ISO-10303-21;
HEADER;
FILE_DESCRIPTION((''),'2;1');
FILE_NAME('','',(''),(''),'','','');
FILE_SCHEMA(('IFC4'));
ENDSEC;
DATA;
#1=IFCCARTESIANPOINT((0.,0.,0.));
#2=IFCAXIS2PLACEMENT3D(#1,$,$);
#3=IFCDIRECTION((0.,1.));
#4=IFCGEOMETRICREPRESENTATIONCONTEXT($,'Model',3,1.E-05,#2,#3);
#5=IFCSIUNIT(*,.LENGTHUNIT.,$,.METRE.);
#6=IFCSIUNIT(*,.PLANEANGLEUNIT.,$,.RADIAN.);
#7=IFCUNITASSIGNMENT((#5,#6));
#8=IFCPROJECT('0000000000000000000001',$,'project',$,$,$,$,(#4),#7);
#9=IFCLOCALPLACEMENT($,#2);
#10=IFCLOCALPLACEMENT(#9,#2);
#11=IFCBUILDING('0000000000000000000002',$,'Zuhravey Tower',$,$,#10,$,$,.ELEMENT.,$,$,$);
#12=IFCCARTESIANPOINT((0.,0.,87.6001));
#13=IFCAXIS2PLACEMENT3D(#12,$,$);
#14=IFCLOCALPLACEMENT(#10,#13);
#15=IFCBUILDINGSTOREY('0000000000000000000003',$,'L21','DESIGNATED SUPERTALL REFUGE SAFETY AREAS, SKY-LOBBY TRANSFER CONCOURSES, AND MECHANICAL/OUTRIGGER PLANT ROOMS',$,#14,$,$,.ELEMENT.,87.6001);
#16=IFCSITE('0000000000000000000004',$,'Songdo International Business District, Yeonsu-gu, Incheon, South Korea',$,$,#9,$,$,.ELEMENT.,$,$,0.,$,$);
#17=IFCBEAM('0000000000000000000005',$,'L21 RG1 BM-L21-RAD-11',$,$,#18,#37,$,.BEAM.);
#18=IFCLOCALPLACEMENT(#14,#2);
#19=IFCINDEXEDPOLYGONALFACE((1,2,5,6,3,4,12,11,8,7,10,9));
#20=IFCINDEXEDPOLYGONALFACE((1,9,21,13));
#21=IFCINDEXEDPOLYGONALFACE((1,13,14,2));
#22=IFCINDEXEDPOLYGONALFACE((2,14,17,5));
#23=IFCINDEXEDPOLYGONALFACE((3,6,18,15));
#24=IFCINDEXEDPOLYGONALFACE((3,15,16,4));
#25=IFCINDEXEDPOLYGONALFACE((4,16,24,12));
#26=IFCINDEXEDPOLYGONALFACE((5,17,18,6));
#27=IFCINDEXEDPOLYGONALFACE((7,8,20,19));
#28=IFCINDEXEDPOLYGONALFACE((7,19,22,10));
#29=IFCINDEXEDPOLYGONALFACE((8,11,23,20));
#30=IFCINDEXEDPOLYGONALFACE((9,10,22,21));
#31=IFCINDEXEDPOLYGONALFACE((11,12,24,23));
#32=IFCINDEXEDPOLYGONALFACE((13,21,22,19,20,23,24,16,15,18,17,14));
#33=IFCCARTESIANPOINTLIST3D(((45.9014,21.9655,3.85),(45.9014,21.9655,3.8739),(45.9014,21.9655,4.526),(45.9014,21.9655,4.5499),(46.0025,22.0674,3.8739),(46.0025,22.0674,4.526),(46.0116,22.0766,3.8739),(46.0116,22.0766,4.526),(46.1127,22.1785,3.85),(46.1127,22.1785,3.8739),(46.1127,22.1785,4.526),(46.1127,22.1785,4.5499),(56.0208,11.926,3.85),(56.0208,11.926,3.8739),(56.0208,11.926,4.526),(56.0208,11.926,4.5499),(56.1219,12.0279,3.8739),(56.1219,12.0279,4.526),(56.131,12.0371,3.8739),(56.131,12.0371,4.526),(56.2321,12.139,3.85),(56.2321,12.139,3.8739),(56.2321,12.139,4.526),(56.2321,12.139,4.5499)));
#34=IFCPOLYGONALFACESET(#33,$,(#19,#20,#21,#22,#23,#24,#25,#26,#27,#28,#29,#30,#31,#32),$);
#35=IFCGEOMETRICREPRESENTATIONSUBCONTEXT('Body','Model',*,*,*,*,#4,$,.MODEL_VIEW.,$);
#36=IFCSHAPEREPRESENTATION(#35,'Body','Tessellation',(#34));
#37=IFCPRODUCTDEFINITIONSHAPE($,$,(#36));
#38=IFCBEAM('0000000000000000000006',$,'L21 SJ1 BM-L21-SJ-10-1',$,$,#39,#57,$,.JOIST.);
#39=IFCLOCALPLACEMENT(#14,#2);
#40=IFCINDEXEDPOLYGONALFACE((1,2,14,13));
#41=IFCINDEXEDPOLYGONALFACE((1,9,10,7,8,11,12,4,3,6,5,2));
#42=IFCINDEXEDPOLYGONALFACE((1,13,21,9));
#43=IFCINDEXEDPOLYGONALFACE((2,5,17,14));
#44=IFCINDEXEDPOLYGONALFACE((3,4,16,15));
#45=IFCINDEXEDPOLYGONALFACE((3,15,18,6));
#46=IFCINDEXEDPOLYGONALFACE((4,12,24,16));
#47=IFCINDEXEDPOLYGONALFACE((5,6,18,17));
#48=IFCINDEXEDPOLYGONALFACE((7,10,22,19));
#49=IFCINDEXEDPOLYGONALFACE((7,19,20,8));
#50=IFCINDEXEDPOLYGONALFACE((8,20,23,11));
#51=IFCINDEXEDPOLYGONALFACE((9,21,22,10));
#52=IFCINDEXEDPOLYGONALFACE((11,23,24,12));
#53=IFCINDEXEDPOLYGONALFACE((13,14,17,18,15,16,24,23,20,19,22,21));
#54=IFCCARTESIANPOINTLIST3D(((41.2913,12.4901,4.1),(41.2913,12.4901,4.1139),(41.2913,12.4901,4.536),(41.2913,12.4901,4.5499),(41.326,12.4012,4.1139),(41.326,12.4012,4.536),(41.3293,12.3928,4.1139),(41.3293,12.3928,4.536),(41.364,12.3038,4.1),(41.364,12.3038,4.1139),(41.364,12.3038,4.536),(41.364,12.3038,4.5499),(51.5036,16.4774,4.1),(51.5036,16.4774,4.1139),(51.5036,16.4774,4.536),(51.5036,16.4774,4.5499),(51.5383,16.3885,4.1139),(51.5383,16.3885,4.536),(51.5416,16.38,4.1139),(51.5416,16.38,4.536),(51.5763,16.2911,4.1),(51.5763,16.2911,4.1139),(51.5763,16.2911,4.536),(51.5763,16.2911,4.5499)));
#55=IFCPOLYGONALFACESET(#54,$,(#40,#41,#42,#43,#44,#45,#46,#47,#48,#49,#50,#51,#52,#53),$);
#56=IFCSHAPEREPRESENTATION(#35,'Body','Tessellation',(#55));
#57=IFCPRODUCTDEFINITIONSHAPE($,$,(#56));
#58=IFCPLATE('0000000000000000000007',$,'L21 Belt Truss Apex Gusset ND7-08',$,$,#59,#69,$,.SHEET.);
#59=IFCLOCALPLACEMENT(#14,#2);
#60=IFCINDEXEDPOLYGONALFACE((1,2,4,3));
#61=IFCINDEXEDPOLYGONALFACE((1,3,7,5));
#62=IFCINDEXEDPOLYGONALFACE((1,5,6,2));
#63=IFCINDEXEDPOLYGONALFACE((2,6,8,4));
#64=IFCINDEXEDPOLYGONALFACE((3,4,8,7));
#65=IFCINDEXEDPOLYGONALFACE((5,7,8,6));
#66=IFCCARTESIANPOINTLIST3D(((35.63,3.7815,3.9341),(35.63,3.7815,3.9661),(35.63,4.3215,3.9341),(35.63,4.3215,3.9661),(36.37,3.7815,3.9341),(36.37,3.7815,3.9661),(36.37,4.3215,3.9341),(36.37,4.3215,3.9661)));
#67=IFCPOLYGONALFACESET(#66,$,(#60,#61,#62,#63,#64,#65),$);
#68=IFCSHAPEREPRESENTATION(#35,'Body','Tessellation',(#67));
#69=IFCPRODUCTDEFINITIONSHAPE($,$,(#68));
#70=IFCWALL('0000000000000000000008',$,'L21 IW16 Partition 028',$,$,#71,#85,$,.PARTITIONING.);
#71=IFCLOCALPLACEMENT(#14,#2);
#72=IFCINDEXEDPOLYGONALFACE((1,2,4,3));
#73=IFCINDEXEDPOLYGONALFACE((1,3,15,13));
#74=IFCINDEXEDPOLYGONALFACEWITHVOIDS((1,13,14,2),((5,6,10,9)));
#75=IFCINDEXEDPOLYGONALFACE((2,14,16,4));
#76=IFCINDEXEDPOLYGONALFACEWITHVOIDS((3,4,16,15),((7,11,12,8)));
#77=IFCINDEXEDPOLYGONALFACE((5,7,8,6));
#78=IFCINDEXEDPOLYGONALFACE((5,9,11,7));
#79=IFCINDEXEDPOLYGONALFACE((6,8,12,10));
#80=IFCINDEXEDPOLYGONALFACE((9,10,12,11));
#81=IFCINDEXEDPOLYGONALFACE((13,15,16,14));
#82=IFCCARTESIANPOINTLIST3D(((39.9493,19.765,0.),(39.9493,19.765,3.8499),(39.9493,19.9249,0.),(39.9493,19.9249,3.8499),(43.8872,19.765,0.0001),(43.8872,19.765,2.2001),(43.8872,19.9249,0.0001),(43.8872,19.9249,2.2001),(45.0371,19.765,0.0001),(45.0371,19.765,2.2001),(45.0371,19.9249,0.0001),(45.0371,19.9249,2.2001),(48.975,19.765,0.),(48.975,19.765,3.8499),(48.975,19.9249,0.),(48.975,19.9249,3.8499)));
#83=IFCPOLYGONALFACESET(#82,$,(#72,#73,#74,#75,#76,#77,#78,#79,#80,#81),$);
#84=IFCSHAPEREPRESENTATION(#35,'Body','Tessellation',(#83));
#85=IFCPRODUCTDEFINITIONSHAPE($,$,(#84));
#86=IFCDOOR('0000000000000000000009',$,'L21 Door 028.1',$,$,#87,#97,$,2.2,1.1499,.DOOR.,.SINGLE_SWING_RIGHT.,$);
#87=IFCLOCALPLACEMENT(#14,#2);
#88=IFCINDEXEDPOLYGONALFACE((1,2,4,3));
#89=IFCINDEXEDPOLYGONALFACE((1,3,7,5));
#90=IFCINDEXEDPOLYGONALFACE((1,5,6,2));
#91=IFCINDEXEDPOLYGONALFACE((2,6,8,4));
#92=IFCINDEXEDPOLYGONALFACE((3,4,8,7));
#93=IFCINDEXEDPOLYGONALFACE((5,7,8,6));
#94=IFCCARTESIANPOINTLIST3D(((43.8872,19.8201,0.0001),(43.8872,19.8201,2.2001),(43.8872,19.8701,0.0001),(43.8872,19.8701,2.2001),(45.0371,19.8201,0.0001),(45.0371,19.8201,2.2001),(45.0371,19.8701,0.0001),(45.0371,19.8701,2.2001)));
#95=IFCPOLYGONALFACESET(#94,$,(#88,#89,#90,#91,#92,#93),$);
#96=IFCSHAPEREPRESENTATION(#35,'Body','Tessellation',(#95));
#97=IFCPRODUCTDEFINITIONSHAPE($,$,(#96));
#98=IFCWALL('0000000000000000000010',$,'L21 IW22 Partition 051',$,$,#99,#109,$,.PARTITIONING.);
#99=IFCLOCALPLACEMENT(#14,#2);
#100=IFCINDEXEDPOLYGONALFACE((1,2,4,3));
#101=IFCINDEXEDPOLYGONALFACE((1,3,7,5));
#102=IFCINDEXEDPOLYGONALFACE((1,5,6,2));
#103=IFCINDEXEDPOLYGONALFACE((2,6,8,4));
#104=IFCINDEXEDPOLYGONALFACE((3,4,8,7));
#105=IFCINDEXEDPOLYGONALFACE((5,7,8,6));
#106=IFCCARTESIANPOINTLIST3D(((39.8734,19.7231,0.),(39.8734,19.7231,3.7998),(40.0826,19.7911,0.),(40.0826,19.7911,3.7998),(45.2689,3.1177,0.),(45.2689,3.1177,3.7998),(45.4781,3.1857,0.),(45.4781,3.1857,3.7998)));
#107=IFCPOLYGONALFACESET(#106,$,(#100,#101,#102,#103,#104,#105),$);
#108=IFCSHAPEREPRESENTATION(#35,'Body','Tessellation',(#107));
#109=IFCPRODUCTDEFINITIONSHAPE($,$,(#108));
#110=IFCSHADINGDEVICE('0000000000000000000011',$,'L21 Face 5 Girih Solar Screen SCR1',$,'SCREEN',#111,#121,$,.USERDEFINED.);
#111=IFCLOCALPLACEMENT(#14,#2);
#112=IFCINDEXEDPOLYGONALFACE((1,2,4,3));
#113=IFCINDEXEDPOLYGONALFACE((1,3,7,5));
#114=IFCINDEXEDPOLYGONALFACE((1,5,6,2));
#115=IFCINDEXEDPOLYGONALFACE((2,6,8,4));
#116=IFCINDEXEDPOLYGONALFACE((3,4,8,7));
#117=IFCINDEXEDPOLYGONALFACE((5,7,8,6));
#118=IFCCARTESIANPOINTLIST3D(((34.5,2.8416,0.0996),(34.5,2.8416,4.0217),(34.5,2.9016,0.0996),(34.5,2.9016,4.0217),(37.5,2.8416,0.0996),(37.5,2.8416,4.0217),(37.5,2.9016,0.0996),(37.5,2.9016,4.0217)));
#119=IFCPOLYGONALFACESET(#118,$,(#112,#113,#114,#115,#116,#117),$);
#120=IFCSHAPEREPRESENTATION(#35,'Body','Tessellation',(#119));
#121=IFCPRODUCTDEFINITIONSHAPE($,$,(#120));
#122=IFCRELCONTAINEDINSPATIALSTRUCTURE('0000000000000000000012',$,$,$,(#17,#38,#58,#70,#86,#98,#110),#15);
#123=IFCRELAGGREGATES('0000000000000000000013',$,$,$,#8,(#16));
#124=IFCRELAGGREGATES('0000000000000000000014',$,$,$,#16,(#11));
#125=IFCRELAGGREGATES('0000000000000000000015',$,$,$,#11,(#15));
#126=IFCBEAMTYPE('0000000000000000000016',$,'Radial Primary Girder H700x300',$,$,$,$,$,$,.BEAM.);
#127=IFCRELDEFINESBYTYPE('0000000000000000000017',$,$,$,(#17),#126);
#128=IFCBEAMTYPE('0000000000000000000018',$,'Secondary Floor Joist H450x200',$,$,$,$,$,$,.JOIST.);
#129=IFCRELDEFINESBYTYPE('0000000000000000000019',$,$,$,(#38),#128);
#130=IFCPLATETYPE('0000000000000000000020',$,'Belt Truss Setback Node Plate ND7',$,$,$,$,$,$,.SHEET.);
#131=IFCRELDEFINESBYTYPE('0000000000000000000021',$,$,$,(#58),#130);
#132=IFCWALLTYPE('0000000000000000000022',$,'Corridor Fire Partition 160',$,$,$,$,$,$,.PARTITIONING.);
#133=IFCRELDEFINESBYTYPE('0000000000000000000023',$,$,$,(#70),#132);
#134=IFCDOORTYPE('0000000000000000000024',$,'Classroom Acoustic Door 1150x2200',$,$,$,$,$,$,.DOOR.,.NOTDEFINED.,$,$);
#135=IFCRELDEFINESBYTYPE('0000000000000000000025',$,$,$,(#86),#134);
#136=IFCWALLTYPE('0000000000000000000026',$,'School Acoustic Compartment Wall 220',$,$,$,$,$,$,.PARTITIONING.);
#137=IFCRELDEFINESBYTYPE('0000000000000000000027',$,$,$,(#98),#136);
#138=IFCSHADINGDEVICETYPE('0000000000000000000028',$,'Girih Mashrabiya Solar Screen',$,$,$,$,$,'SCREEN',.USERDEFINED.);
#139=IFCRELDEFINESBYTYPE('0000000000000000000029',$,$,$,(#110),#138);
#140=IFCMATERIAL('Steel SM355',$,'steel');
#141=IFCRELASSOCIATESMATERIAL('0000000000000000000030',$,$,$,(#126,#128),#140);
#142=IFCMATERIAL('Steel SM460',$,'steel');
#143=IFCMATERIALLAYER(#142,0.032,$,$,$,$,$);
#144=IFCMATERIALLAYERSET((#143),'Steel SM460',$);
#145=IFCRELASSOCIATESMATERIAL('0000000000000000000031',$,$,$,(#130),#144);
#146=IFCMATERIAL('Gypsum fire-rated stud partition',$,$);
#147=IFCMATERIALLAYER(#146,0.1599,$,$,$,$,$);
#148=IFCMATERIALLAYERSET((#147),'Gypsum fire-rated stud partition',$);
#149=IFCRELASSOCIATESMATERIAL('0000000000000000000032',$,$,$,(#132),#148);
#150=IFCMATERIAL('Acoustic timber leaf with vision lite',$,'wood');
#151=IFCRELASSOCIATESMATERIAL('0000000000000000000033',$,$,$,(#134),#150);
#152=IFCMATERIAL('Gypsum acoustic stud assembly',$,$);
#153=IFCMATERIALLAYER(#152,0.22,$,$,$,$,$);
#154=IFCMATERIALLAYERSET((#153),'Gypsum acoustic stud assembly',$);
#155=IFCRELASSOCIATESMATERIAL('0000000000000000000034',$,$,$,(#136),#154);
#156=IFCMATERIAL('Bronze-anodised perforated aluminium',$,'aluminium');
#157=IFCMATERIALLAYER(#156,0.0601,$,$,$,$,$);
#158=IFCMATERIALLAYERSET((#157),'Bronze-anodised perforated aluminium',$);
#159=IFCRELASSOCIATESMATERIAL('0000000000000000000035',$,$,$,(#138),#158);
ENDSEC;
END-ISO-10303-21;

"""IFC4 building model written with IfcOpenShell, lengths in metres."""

from ifc_helpers import new_model, si_unit, direction, frame, frame_2d, origin, origin_2d, place, context, subcontext, project, spatial, rectangle, i_section, extrude, material, layer, layer_set, material_profile, profile_set, type_object, element, fill, save


model = new_model("IFC4")

# Units and contexts
model_context = context("Model", 3, precision=1e-05, world=origin(), true_north=direction((0.0, 1.0)))
body_context = subcontext(model_context, "Body", "Model", "MODEL_VIEW")
ifc_project = project(units=[si_unit("LENGTHUNIT", "METRE"), si_unit("PLANEANGLEUNIT", "RADIAN")], contexts=[model_context])

# Site, building, storey
site_placement = place(None, origin())
site = spatial("IfcSite", under=ifc_project, at=site_placement, Name="Songdo International Business District, Yeonsu-gu, Incheon, South Korea", CompositionType="ELEMENT", RefElevation=0.0)
building_placement = place(site_placement, origin())
building = spatial("IfcBuilding", under=site, at=building_placement, Name="Zuhravey Tower", CompositionType="ELEMENT")
storey_placement = place(building_placement, frame((0.0, 0.0, 87.6001)))
storey = spatial("IfcBuildingStorey", under=building, at=storey_placement, Name="L21", Description="DESIGNATED SUPERTALL REFUGE SAFETY AREAS, SKY-LOBBY TRANSFER CONCOURSES, AND MECHANICAL/OUTRIGGER PLANT ROOMS", CompositionType="ELEMENT", Elevation=87.6001)

# Shared definitions
ifc_material_1 = material(Name="Steel SM355", Category="steel")

# Shared definitions
ifc_material_2 = material(Name="Steel SM460", Category="steel")

# Beams
ifc_material_profile_1 = material_profile(ifc_material_1, i_section(OverallWidth=0.3, OverallDepth=0.7, WebThickness=0.0129, FlangeThickness=0.0239, at=origin_2d()), Name="H-700x300x13x24")
ifc_profile_set_1 = profile_set([ifc_material_profile_1], Name="Steel SM355")
beam_type_1 = type_object("IfcBeamType", Name="Radial Primary Girder H700x300", PredefinedType="BEAM", material=ifc_profile_set_1)
beam_1_placement = place(storey_placement, frame((46.0071, 22.072, 4.2), z_axis=(0.709902, -0.704301, 0.0), x_axis=(0.704301, 0.709902, 0.0)))
element("IfcBeam", 1, at=beam_1_placement, inside=storey, type_object=beam_type_1, Name="L21 RG1 BM-L21-RAD-11", PredefinedType="BEAM", context=body_context, shape_type="SweptSolid", body=[
    extrude(i_section(OverallWidth=0.3, OverallDepth=0.7, WebThickness=0.0129, FlangeThickness=0.0239, at=origin_2d()), origin(), (0.0, 0.0, 1.0), 14.2546),
])
ifc_material_profile_2 = material_profile(ifc_material_1, i_section(OverallWidth=0.2, OverallDepth=0.45, WebThickness=0.009, FlangeThickness=0.0139, at=origin_2d()), Name="H-450x200x9x14")
ifc_profile_set_2 = profile_set([ifc_material_profile_2], Name="Steel SM355")
beam_type_2 = type_object("IfcBeamType", Name="Secondary Floor Joist H450x200", PredefinedType="JOIST", material=ifc_profile_set_2)
beam_2_placement = place(storey_placement, frame((41.3276, 12.397, 4.325), z_axis=(0.931517, 0.363699, 0.0), x_axis=(-0.363699, 0.931517, 0.0)))
element("IfcBeam", 2, at=beam_2_placement, inside=storey, type_object=beam_type_2, Name="L21 SJ1 BM-L21-SJ-10-1", PredefinedType="JOIST", context=body_context, shape_type="SweptSolid", body=[
    extrude(i_section(OverallWidth=0.2, OverallDepth=0.45, WebThickness=0.009, FlangeThickness=0.0139, at=origin_2d()), origin(), (0.0, 0.0, 1.0), 10.9631),
])

# Plate
ifc_layer_1 = layer(ifc_material_2, 0.032)
ifc_layer_set_1 = layer_set([ifc_layer_1], Name="Steel SM460")
plate_type = type_object("IfcPlateType", Name="Belt Truss Setback Node Plate ND7", PredefinedType="SHEET", material=ifc_layer_set_1)
plate_placement = place(storey_placement, frame((36.0, 4.0515, 3.9341), z_axis=(0.0, 0.0, 1.0), x_axis=(1.0, 0.0, 0.0)))
element("IfcPlate", 3, at=plate_placement, inside=storey, type_object=plate_type, Name="L21 Belt Truss Apex Gusset ND7-08", PredefinedType="SHEET", context=body_context, shape_type="SweptSolid", body=[
    extrude(rectangle(XDim=0.74, YDim=0.54, at=origin_2d()), origin(), (0.0, 0.0, 1.0), 0.032),
])

# Wall, opening, door
ifc_material_3 = material(Name="Gypsum fire-rated stud partition")
ifc_layer_2 = layer(ifc_material_3, 0.1599)
ifc_layer_set_2 = layer_set([ifc_layer_2], Name="Gypsum fire-rated stud partition")
wall_type_1 = type_object("IfcWallType", Name="Corridor Fire Partition 160", PredefinedType="PARTITIONING", material=ifc_layer_set_2)
wall_1_placement = place(storey_placement, frame((39.9495, 19.845, 0.0), z_axis=(0.0, 0.0, 1.0), x_axis=(1.0, 0.0, 0.0)))
wall_1 = element("IfcWall", 4, at=wall_1_placement, inside=storey, type_object=wall_type_1, Name="L21 IW16 Partition 028", PredefinedType="PARTITIONING", context=body_context, shape_type="SweptSolid", body=[
    extrude(rectangle(XDim=9.0256, YDim=0.1599, at=frame_2d((4.5127, 0.0))), origin(), (0.0, 0.0, 1.0), 3.8499),
])
opening_placement = place(wall_1_placement, frame((3.9377, 0.0, 0.0)))
opening = element("IfcOpeningElement", 5, at=opening_placement, cuts=wall_1, PredefinedType="OPENING", context=body_context, shape_type="SweptSolid", body=[
    extrude(rectangle(XDim=1.1499, YDim=2.2, at=frame_2d((0.575, 1.1001))), frame((0.0, 0.092, 0.0), z_axis=(0.0, -1.0, 0.0), x_axis=(1.0, 0.0, 0.0)), (0.0, 0.0, 1.0), 0.1838),
])
ifc_material_4 = material(Name="Acoustic timber leaf with vision lite", Category="wood")
door_type = type_object("IfcDoorType", Name="Classroom Acoustic Door 1150x2200", OperationType="NOTDEFINED", PredefinedType="DOOR", material=ifc_material_4)
door_placement = place(opening_placement, frame((1.1499, 0.0, 0.0), z_axis=(0.0, 0.0, 1.0), x_axis=(-1.0, 0.0, 0.0)))
door = element("IfcDoor", 6, at=door_placement, inside=storey, type_object=door_type, Name="L21 Door 028.1", OperationType="SINGLE_SWING_RIGHT", OverallHeight=2.2, OverallWidth=1.1499, PredefinedType="DOOR", context=body_context, shape_type="SweptSolid", body=[
    extrude(rectangle(XDim=1.1499, YDim=2.2, at=frame_2d((0.575, 1.1001))), frame((0.0, 0.0249, 0.0), z_axis=(0.0, -1.0, 0.0), x_axis=(1.0, 0.0, 0.0)), (0.0, 0.0, 1.0), 0.05),
])
fill(opening, door)

# Wall
ifc_material_5 = material(Name="Gypsum acoustic stud assembly")
ifc_layer_3 = layer(ifc_material_5, 0.22)
ifc_layer_set_3 = layer_set([ifc_layer_3], Name="Gypsum acoustic stud assembly")
wall_type_2 = type_object("IfcWallType", Name="School Acoustic Compartment Wall 220", PredefinedType="PARTITIONING", material=ifc_layer_set_3)
wall_2_placement = place(storey_placement, frame((39.978, 19.7571, 0.0), z_axis=(0.0, 0.0, 1.0), x_axis=(0.30902, -0.951055, 0.0)))
element("IfcWall", 7, at=wall_2_placement, inside=storey, type_object=wall_type_2, Name="L21 IW22 Partition 051", PredefinedType="PARTITIONING", context=body_context, shape_type="SweptSolid", body=[
    extrude(rectangle(XDim=17.46, YDim=0.22, at=frame_2d((8.73, 0.0))), origin(), (0.0, 0.0, 1.0), 3.7998),
])

# Shading device
ifc_material_6 = material(Name="Bronze-anodised perforated aluminium", Category="aluminium")
ifc_layer_4 = layer(ifc_material_6, 0.0601)
ifc_layer_set_4 = layer_set([ifc_layer_4], Name="Bronze-anodised perforated aluminium")
shading_device_type = type_object("IfcShadingDeviceType", Name="Girih Mashrabiya Solar Screen", ElementType="SCREEN", PredefinedType="USERDEFINED", material=ifc_layer_set_4)
shading_device_placement = place(storey_placement, frame((36.0, 2.8716, 0.0996), z_axis=(0.0, 0.0, 1.0), x_axis=(-1.0, 0.0, 0.0)))
element("IfcShadingDevice", 8, at=shading_device_placement, inside=storey, type_object=shading_device_type, Name="L21 Face 5 Girih Solar Screen SCR1", ObjectType="SCREEN", PredefinedType="USERDEFINED", context=body_context, shape_type="SweptSolid", body=[
    extrude(rectangle(XDim=3.0, YDim=0.0601, at=origin_2d()), origin(), (0.0, 0.0, 1.0), 3.9221),
])

save(model, "model.ifc")
